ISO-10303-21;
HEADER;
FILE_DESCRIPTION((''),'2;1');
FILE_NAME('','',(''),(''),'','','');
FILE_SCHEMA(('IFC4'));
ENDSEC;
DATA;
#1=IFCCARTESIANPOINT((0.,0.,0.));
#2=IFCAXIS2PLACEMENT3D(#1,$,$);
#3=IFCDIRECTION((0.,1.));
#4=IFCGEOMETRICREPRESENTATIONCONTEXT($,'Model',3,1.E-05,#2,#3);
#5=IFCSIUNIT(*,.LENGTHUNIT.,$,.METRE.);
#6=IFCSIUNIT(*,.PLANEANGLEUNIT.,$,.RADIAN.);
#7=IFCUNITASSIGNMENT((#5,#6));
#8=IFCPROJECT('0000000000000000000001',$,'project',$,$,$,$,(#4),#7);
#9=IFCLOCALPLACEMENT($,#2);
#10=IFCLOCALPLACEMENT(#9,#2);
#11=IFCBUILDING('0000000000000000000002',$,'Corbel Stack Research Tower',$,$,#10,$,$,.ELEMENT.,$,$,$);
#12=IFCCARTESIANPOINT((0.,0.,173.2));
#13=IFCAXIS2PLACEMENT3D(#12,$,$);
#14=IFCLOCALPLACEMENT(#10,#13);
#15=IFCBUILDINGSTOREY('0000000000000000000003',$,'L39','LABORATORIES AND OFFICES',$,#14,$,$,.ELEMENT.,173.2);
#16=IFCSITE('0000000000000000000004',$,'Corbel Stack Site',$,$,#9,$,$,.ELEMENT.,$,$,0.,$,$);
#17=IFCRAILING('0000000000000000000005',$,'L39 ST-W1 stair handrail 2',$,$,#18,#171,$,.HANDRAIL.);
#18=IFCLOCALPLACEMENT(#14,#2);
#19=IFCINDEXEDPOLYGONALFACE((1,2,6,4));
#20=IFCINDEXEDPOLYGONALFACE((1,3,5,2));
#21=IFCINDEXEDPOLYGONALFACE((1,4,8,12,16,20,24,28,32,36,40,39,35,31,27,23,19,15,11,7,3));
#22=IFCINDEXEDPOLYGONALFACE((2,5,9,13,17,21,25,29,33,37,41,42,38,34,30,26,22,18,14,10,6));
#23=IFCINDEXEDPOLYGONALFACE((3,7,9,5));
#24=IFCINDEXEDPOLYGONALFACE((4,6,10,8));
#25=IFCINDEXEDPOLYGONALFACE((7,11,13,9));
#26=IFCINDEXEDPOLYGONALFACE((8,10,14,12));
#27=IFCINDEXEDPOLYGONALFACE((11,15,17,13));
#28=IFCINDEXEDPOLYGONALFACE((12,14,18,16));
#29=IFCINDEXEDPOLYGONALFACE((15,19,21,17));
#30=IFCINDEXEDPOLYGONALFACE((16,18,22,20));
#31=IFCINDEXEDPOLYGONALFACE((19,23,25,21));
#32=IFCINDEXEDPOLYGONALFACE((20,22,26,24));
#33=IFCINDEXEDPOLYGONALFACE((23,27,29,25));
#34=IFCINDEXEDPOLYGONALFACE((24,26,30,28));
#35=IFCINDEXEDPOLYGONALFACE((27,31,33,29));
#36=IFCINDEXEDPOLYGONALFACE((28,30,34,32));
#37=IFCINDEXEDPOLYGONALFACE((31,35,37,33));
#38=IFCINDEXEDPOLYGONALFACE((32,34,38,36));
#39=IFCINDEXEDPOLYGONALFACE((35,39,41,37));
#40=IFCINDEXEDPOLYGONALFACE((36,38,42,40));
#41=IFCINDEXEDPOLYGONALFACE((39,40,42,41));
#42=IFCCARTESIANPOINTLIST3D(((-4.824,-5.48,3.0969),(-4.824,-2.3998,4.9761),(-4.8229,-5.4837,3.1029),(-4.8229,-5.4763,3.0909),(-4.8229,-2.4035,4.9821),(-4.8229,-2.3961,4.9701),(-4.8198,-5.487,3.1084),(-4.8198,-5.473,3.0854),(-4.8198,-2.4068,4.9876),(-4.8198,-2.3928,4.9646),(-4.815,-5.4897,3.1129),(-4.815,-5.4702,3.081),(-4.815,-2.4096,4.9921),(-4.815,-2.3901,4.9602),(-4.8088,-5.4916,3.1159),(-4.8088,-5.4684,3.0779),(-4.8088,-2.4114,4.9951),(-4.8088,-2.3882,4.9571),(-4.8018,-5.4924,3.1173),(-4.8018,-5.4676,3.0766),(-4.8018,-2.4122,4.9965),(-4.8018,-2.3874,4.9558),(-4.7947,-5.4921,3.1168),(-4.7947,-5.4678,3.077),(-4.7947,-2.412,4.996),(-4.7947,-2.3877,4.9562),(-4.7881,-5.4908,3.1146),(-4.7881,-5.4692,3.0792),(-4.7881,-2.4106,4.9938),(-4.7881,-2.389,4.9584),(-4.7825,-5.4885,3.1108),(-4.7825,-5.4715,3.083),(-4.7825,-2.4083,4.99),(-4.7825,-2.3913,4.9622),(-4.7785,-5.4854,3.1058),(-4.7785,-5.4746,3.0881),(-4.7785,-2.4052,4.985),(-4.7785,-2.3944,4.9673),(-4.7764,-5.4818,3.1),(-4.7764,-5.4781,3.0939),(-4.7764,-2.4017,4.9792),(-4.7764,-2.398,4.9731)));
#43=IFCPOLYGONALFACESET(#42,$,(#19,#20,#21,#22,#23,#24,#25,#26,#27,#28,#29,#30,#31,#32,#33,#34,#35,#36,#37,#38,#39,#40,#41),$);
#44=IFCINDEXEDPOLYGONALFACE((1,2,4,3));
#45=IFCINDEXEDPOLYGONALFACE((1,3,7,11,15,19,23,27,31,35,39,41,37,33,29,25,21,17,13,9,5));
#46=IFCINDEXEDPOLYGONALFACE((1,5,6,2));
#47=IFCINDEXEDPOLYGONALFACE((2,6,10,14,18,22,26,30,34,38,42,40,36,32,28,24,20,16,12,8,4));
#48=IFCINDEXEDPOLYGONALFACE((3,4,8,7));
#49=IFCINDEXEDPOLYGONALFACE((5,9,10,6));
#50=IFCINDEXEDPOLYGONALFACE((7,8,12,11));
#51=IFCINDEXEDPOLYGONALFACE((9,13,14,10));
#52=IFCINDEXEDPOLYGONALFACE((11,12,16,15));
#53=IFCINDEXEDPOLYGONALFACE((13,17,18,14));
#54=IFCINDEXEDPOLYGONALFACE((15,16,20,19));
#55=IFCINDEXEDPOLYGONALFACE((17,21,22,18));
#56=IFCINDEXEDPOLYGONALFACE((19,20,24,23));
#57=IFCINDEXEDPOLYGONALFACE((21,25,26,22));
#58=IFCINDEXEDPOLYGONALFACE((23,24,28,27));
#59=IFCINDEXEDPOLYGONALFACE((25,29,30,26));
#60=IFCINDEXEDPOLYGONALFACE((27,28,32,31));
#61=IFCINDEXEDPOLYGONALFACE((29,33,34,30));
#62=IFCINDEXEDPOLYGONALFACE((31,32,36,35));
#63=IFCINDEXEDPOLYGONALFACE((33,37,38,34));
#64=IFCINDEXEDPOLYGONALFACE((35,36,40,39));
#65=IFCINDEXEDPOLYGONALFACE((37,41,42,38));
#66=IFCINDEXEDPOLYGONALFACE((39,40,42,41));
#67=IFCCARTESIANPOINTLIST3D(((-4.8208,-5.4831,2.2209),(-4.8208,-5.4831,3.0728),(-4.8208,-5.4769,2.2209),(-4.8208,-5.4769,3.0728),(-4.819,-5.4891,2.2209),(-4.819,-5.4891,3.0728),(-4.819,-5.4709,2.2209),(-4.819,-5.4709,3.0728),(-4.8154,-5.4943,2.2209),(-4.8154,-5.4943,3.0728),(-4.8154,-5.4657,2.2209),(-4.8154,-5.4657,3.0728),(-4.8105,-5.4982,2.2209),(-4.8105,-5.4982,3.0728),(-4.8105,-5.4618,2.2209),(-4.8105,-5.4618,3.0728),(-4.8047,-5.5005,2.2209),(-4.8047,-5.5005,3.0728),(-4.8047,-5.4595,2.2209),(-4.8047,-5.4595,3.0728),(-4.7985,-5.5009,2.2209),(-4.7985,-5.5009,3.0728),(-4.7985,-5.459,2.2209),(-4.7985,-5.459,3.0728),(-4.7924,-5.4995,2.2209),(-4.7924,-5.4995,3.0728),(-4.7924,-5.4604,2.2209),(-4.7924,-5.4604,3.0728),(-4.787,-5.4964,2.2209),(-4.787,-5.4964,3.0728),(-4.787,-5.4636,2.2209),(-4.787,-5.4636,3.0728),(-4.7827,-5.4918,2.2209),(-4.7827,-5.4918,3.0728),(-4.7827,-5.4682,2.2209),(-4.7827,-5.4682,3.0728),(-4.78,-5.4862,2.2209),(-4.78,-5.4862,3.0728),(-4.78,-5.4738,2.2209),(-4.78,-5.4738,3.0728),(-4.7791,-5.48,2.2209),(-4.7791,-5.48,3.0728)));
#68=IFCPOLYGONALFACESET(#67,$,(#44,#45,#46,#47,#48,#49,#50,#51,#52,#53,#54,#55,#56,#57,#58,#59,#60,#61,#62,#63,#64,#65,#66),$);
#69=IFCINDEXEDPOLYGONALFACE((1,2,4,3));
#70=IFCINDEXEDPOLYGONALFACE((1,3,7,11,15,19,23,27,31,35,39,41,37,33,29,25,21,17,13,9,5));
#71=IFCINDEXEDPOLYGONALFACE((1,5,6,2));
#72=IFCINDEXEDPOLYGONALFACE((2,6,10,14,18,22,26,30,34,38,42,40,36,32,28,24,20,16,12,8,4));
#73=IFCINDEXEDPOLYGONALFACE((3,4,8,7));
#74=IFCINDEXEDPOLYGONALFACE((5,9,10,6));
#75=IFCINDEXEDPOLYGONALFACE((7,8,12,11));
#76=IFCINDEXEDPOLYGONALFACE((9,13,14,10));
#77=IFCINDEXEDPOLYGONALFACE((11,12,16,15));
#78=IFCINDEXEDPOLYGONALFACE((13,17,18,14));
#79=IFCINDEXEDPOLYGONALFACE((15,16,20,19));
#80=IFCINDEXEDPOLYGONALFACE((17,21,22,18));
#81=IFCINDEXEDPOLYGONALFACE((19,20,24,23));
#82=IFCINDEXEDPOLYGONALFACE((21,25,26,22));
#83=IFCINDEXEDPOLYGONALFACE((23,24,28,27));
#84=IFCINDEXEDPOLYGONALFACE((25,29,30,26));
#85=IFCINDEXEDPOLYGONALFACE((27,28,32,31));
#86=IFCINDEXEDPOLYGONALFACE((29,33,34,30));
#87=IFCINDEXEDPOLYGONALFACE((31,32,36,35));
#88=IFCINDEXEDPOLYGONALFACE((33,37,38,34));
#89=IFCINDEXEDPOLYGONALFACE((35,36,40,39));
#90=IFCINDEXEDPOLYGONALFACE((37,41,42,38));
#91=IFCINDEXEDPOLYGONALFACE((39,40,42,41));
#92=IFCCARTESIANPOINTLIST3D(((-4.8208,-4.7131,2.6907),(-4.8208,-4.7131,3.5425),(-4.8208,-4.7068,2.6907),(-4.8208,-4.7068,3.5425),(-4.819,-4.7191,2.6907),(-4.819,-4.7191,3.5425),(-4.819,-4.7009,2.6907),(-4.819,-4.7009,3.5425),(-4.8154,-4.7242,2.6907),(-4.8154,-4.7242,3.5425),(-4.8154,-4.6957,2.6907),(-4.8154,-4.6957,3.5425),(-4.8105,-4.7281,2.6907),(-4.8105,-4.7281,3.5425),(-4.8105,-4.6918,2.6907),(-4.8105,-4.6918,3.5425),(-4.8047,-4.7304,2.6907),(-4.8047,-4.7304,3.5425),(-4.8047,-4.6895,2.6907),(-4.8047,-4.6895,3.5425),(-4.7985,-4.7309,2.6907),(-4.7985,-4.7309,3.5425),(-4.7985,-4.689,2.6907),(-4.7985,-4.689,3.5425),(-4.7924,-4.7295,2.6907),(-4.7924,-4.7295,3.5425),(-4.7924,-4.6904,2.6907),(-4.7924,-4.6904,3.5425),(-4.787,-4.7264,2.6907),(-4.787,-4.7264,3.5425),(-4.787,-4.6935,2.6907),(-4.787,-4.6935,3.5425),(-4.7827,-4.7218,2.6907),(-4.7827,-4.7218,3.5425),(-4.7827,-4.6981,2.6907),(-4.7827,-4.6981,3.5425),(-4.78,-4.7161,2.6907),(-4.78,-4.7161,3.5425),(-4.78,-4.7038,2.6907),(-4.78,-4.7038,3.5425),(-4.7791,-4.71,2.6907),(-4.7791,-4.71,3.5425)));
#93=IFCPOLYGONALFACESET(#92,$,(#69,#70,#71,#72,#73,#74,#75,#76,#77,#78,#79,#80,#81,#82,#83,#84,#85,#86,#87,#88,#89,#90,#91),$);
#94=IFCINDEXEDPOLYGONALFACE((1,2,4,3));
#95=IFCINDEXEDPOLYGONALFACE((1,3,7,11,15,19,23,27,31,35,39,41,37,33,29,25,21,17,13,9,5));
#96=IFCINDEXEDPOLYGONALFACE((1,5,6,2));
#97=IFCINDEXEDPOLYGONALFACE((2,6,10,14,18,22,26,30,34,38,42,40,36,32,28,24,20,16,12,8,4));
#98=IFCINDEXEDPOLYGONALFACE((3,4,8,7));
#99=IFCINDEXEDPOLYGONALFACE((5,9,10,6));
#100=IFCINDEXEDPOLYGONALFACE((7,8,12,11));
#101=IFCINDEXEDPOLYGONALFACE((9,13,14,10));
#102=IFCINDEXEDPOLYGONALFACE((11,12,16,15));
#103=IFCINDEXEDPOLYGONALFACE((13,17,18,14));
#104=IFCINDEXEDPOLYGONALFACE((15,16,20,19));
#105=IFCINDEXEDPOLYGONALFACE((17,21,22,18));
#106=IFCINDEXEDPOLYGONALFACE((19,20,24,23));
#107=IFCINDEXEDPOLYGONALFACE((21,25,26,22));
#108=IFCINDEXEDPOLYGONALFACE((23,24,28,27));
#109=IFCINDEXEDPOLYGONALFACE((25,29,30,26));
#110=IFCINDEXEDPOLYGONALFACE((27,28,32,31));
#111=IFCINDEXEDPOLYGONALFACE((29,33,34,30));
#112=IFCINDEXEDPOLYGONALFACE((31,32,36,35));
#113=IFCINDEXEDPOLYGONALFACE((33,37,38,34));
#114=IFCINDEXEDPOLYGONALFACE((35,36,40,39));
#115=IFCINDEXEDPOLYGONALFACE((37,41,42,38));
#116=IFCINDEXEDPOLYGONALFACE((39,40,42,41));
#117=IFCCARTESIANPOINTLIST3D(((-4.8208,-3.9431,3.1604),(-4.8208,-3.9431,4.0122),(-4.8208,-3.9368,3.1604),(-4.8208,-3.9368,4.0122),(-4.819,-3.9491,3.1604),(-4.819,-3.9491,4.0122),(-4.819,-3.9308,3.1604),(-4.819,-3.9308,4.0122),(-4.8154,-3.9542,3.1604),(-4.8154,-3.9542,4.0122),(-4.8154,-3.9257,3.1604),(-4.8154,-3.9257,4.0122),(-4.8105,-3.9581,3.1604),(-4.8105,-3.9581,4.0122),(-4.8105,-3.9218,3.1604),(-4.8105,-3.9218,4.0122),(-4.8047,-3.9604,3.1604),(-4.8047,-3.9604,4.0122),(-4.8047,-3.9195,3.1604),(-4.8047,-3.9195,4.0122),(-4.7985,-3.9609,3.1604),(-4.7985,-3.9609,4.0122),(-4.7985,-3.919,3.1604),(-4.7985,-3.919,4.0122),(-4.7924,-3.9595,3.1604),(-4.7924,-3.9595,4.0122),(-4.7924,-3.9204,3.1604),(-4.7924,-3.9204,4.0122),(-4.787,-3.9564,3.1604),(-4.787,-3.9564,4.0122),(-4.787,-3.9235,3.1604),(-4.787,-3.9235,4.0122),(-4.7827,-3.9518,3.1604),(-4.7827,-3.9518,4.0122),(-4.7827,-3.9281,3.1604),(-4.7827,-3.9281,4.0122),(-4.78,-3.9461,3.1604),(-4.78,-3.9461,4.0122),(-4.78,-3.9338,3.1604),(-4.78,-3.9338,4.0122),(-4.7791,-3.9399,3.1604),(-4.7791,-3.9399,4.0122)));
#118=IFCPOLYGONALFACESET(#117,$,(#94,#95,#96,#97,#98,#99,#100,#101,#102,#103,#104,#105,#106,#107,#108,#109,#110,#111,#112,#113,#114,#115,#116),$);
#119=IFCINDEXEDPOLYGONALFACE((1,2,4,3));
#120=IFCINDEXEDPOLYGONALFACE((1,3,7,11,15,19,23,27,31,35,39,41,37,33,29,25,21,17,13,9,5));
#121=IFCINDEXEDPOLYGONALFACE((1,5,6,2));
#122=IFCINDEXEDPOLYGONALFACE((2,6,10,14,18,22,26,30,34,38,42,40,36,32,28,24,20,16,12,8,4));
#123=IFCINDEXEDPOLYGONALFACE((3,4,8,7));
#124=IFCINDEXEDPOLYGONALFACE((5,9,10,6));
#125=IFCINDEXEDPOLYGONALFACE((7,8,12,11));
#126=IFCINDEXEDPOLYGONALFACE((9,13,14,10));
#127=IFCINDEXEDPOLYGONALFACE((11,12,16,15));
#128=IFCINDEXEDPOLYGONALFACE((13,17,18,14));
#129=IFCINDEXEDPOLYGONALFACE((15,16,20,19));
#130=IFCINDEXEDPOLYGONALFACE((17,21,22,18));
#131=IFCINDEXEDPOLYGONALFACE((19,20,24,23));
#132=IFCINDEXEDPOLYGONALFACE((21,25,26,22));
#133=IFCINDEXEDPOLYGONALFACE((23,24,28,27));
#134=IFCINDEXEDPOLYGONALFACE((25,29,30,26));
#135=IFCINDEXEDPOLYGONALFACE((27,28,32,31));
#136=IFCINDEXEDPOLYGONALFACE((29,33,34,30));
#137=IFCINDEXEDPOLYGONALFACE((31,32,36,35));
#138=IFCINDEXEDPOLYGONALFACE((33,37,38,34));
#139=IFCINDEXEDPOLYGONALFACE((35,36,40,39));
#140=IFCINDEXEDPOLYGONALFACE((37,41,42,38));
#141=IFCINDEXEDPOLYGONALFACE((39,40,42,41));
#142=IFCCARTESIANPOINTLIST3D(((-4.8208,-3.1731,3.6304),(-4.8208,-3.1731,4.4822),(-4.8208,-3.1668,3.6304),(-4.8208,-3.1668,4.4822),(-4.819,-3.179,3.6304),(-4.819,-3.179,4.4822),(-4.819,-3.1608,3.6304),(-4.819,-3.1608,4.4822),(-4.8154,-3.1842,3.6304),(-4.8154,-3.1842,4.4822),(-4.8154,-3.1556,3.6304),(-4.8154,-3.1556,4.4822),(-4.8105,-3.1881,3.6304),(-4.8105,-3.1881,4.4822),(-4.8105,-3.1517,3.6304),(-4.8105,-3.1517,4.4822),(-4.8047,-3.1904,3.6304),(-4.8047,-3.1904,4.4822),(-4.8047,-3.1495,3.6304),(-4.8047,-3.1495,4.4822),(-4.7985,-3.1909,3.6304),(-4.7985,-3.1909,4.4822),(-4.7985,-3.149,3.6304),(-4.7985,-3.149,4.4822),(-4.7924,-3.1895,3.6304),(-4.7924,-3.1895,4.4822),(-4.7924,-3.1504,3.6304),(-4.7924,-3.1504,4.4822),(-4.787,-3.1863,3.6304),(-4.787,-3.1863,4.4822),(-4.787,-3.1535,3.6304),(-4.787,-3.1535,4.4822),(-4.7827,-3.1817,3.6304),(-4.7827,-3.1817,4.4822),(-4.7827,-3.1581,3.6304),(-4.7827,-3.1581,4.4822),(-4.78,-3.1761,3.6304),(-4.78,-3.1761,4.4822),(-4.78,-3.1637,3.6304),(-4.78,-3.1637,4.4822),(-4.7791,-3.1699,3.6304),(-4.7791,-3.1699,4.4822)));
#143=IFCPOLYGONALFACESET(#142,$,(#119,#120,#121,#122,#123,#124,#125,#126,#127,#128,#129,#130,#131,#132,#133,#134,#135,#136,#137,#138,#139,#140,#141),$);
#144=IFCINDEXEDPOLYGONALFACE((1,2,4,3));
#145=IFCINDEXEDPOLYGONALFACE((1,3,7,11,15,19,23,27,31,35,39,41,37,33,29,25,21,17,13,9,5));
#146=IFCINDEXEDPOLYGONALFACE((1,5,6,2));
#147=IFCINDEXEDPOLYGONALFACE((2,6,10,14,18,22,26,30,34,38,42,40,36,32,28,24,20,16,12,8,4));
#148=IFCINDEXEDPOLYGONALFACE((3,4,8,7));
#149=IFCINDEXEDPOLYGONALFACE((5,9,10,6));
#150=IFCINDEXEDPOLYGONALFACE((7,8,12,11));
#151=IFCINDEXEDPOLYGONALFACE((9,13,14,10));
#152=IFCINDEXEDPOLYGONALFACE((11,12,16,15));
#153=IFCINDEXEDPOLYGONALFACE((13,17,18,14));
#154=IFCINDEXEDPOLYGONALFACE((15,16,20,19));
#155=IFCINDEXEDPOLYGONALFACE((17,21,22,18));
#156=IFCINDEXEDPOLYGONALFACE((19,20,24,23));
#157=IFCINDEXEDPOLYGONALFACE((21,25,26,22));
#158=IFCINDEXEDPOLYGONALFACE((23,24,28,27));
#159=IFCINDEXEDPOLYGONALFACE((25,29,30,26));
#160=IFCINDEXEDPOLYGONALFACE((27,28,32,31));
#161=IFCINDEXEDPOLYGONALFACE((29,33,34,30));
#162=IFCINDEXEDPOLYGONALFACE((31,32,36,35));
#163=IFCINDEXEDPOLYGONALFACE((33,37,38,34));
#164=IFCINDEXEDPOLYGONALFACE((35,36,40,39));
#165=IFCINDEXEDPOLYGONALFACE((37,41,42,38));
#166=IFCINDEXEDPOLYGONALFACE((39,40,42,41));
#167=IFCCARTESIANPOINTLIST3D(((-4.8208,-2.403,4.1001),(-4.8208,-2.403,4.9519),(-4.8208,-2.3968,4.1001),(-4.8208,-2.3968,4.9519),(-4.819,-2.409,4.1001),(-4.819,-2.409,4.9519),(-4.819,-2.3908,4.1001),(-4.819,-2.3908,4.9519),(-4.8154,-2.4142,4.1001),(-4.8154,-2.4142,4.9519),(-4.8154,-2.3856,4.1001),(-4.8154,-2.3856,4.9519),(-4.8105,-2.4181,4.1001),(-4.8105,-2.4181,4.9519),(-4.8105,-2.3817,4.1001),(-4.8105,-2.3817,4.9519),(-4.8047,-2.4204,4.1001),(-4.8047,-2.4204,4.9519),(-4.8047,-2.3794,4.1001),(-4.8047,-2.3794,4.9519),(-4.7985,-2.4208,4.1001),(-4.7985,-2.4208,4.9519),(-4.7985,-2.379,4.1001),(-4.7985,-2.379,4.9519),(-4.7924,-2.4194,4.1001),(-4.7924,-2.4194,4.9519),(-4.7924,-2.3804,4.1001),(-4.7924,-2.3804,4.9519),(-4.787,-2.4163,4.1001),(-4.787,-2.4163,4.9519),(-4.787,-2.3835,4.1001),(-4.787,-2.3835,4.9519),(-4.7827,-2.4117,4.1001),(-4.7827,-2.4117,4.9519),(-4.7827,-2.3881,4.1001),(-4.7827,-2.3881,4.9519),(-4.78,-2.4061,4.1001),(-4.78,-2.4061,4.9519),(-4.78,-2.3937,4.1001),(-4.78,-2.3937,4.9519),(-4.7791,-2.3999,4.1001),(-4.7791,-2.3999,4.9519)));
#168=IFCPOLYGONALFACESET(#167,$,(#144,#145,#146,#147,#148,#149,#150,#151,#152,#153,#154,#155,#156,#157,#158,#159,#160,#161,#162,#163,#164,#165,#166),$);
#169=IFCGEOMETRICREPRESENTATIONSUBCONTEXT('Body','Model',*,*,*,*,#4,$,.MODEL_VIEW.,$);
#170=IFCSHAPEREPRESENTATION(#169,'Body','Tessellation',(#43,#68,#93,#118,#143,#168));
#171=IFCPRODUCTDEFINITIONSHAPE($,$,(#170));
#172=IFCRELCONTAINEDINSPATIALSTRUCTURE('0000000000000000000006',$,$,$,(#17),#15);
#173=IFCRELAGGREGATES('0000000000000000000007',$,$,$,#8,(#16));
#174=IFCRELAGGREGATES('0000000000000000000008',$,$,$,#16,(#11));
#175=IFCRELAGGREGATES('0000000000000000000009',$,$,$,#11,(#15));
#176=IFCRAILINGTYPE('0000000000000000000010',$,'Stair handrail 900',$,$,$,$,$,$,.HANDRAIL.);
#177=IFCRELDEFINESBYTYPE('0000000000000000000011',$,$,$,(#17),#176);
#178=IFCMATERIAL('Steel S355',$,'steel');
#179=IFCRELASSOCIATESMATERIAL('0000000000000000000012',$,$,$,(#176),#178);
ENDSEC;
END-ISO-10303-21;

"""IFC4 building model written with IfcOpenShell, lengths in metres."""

from ifc_helpers import new_model, si_unit, direction, frame, origin, origin_2d, place, context, subcontext, project, spatial, circle, extrude, material, type_object, element, save


model = new_model("IFC4")

# Units and contexts
model_context = context("Model", 3, precision=1e-05, world=origin(), true_north=direction((0.0, 1.0)))
body_context = subcontext(model_context, "Body", "Model", "MODEL_VIEW")
ifc_project = project(units=[si_unit("LENGTHUNIT", "METRE"), si_unit("PLANEANGLEUNIT", "RADIAN")], contexts=[model_context])

# Site, building, storey
site_placement = place(None, origin())
site = spatial("IfcSite", under=ifc_project, at=site_placement, Name="Corbel Stack Site", CompositionType="ELEMENT", RefElevation=0.0)
building_placement = place(site_placement, origin())
building = spatial("IfcBuilding", under=site, at=building_placement, Name="Corbel Stack Research Tower", CompositionType="ELEMENT")
storey_placement = place(building_placement, frame((0.0, 0.0, 173.2)))
storey = spatial("IfcBuildingStorey", under=building, at=storey_placement, Name="L39", Description="LABORATORIES AND OFFICES", CompositionType="ELEMENT", Elevation=173.2)

# Railing
ifc_material_1 = material(Name="Steel S355", Category="steel")
railing_type_1 = type_object("IfcRailingType", Name="Stair handrail 900", PredefinedType="HANDRAIL", material=ifc_material_1)
railing_1_placement = place(storey_placement, frame((-4.8, -5.48, 2.2209)))
element("IfcRailing", 1, at=railing_1_placement, inside=storey, type_object=railing_type_1, Name="L39 ST-W1 stair handrail 2", PredefinedType="HANDRAIL", context=body_context, shape_type="SweptSolid", body=[
    extrude(circle(Radius=0.0239, at=origin_2d()), frame((0.0, 0.0, 0.876), z_axis=(0.0, 0.853666, 0.52082), x_axis=(-1.0, 0.0, 0.0)), (0.0, 0.0, 1.0), 3.6082),
    extrude(circle(Radius=0.021, at=origin_2d()), origin(), (0.0, 0.0, 1.0), 0.8518),
    extrude(circle(Radius=0.021, at=origin_2d()), frame((0.0, 0.77, 0.4697)), (0.0, 0.0, 1.0), 0.8518),
    extrude(circle(Radius=0.021, at=origin_2d()), frame((0.0, 1.54, 0.9395)), (0.0, 0.0, 1.0), 0.8518),
    extrude(circle(Radius=0.021, at=origin_2d()), frame((0.0, 2.3101, 1.4094)), (0.0, 0.0, 1.0), 0.8518),
    extrude(circle(Radius=0.021, at=origin_2d()), frame((0.0, 3.0801, 1.8792)), (0.0, 0.0, 1.0), 0.8518),
])

save(model, "model.ifc")
